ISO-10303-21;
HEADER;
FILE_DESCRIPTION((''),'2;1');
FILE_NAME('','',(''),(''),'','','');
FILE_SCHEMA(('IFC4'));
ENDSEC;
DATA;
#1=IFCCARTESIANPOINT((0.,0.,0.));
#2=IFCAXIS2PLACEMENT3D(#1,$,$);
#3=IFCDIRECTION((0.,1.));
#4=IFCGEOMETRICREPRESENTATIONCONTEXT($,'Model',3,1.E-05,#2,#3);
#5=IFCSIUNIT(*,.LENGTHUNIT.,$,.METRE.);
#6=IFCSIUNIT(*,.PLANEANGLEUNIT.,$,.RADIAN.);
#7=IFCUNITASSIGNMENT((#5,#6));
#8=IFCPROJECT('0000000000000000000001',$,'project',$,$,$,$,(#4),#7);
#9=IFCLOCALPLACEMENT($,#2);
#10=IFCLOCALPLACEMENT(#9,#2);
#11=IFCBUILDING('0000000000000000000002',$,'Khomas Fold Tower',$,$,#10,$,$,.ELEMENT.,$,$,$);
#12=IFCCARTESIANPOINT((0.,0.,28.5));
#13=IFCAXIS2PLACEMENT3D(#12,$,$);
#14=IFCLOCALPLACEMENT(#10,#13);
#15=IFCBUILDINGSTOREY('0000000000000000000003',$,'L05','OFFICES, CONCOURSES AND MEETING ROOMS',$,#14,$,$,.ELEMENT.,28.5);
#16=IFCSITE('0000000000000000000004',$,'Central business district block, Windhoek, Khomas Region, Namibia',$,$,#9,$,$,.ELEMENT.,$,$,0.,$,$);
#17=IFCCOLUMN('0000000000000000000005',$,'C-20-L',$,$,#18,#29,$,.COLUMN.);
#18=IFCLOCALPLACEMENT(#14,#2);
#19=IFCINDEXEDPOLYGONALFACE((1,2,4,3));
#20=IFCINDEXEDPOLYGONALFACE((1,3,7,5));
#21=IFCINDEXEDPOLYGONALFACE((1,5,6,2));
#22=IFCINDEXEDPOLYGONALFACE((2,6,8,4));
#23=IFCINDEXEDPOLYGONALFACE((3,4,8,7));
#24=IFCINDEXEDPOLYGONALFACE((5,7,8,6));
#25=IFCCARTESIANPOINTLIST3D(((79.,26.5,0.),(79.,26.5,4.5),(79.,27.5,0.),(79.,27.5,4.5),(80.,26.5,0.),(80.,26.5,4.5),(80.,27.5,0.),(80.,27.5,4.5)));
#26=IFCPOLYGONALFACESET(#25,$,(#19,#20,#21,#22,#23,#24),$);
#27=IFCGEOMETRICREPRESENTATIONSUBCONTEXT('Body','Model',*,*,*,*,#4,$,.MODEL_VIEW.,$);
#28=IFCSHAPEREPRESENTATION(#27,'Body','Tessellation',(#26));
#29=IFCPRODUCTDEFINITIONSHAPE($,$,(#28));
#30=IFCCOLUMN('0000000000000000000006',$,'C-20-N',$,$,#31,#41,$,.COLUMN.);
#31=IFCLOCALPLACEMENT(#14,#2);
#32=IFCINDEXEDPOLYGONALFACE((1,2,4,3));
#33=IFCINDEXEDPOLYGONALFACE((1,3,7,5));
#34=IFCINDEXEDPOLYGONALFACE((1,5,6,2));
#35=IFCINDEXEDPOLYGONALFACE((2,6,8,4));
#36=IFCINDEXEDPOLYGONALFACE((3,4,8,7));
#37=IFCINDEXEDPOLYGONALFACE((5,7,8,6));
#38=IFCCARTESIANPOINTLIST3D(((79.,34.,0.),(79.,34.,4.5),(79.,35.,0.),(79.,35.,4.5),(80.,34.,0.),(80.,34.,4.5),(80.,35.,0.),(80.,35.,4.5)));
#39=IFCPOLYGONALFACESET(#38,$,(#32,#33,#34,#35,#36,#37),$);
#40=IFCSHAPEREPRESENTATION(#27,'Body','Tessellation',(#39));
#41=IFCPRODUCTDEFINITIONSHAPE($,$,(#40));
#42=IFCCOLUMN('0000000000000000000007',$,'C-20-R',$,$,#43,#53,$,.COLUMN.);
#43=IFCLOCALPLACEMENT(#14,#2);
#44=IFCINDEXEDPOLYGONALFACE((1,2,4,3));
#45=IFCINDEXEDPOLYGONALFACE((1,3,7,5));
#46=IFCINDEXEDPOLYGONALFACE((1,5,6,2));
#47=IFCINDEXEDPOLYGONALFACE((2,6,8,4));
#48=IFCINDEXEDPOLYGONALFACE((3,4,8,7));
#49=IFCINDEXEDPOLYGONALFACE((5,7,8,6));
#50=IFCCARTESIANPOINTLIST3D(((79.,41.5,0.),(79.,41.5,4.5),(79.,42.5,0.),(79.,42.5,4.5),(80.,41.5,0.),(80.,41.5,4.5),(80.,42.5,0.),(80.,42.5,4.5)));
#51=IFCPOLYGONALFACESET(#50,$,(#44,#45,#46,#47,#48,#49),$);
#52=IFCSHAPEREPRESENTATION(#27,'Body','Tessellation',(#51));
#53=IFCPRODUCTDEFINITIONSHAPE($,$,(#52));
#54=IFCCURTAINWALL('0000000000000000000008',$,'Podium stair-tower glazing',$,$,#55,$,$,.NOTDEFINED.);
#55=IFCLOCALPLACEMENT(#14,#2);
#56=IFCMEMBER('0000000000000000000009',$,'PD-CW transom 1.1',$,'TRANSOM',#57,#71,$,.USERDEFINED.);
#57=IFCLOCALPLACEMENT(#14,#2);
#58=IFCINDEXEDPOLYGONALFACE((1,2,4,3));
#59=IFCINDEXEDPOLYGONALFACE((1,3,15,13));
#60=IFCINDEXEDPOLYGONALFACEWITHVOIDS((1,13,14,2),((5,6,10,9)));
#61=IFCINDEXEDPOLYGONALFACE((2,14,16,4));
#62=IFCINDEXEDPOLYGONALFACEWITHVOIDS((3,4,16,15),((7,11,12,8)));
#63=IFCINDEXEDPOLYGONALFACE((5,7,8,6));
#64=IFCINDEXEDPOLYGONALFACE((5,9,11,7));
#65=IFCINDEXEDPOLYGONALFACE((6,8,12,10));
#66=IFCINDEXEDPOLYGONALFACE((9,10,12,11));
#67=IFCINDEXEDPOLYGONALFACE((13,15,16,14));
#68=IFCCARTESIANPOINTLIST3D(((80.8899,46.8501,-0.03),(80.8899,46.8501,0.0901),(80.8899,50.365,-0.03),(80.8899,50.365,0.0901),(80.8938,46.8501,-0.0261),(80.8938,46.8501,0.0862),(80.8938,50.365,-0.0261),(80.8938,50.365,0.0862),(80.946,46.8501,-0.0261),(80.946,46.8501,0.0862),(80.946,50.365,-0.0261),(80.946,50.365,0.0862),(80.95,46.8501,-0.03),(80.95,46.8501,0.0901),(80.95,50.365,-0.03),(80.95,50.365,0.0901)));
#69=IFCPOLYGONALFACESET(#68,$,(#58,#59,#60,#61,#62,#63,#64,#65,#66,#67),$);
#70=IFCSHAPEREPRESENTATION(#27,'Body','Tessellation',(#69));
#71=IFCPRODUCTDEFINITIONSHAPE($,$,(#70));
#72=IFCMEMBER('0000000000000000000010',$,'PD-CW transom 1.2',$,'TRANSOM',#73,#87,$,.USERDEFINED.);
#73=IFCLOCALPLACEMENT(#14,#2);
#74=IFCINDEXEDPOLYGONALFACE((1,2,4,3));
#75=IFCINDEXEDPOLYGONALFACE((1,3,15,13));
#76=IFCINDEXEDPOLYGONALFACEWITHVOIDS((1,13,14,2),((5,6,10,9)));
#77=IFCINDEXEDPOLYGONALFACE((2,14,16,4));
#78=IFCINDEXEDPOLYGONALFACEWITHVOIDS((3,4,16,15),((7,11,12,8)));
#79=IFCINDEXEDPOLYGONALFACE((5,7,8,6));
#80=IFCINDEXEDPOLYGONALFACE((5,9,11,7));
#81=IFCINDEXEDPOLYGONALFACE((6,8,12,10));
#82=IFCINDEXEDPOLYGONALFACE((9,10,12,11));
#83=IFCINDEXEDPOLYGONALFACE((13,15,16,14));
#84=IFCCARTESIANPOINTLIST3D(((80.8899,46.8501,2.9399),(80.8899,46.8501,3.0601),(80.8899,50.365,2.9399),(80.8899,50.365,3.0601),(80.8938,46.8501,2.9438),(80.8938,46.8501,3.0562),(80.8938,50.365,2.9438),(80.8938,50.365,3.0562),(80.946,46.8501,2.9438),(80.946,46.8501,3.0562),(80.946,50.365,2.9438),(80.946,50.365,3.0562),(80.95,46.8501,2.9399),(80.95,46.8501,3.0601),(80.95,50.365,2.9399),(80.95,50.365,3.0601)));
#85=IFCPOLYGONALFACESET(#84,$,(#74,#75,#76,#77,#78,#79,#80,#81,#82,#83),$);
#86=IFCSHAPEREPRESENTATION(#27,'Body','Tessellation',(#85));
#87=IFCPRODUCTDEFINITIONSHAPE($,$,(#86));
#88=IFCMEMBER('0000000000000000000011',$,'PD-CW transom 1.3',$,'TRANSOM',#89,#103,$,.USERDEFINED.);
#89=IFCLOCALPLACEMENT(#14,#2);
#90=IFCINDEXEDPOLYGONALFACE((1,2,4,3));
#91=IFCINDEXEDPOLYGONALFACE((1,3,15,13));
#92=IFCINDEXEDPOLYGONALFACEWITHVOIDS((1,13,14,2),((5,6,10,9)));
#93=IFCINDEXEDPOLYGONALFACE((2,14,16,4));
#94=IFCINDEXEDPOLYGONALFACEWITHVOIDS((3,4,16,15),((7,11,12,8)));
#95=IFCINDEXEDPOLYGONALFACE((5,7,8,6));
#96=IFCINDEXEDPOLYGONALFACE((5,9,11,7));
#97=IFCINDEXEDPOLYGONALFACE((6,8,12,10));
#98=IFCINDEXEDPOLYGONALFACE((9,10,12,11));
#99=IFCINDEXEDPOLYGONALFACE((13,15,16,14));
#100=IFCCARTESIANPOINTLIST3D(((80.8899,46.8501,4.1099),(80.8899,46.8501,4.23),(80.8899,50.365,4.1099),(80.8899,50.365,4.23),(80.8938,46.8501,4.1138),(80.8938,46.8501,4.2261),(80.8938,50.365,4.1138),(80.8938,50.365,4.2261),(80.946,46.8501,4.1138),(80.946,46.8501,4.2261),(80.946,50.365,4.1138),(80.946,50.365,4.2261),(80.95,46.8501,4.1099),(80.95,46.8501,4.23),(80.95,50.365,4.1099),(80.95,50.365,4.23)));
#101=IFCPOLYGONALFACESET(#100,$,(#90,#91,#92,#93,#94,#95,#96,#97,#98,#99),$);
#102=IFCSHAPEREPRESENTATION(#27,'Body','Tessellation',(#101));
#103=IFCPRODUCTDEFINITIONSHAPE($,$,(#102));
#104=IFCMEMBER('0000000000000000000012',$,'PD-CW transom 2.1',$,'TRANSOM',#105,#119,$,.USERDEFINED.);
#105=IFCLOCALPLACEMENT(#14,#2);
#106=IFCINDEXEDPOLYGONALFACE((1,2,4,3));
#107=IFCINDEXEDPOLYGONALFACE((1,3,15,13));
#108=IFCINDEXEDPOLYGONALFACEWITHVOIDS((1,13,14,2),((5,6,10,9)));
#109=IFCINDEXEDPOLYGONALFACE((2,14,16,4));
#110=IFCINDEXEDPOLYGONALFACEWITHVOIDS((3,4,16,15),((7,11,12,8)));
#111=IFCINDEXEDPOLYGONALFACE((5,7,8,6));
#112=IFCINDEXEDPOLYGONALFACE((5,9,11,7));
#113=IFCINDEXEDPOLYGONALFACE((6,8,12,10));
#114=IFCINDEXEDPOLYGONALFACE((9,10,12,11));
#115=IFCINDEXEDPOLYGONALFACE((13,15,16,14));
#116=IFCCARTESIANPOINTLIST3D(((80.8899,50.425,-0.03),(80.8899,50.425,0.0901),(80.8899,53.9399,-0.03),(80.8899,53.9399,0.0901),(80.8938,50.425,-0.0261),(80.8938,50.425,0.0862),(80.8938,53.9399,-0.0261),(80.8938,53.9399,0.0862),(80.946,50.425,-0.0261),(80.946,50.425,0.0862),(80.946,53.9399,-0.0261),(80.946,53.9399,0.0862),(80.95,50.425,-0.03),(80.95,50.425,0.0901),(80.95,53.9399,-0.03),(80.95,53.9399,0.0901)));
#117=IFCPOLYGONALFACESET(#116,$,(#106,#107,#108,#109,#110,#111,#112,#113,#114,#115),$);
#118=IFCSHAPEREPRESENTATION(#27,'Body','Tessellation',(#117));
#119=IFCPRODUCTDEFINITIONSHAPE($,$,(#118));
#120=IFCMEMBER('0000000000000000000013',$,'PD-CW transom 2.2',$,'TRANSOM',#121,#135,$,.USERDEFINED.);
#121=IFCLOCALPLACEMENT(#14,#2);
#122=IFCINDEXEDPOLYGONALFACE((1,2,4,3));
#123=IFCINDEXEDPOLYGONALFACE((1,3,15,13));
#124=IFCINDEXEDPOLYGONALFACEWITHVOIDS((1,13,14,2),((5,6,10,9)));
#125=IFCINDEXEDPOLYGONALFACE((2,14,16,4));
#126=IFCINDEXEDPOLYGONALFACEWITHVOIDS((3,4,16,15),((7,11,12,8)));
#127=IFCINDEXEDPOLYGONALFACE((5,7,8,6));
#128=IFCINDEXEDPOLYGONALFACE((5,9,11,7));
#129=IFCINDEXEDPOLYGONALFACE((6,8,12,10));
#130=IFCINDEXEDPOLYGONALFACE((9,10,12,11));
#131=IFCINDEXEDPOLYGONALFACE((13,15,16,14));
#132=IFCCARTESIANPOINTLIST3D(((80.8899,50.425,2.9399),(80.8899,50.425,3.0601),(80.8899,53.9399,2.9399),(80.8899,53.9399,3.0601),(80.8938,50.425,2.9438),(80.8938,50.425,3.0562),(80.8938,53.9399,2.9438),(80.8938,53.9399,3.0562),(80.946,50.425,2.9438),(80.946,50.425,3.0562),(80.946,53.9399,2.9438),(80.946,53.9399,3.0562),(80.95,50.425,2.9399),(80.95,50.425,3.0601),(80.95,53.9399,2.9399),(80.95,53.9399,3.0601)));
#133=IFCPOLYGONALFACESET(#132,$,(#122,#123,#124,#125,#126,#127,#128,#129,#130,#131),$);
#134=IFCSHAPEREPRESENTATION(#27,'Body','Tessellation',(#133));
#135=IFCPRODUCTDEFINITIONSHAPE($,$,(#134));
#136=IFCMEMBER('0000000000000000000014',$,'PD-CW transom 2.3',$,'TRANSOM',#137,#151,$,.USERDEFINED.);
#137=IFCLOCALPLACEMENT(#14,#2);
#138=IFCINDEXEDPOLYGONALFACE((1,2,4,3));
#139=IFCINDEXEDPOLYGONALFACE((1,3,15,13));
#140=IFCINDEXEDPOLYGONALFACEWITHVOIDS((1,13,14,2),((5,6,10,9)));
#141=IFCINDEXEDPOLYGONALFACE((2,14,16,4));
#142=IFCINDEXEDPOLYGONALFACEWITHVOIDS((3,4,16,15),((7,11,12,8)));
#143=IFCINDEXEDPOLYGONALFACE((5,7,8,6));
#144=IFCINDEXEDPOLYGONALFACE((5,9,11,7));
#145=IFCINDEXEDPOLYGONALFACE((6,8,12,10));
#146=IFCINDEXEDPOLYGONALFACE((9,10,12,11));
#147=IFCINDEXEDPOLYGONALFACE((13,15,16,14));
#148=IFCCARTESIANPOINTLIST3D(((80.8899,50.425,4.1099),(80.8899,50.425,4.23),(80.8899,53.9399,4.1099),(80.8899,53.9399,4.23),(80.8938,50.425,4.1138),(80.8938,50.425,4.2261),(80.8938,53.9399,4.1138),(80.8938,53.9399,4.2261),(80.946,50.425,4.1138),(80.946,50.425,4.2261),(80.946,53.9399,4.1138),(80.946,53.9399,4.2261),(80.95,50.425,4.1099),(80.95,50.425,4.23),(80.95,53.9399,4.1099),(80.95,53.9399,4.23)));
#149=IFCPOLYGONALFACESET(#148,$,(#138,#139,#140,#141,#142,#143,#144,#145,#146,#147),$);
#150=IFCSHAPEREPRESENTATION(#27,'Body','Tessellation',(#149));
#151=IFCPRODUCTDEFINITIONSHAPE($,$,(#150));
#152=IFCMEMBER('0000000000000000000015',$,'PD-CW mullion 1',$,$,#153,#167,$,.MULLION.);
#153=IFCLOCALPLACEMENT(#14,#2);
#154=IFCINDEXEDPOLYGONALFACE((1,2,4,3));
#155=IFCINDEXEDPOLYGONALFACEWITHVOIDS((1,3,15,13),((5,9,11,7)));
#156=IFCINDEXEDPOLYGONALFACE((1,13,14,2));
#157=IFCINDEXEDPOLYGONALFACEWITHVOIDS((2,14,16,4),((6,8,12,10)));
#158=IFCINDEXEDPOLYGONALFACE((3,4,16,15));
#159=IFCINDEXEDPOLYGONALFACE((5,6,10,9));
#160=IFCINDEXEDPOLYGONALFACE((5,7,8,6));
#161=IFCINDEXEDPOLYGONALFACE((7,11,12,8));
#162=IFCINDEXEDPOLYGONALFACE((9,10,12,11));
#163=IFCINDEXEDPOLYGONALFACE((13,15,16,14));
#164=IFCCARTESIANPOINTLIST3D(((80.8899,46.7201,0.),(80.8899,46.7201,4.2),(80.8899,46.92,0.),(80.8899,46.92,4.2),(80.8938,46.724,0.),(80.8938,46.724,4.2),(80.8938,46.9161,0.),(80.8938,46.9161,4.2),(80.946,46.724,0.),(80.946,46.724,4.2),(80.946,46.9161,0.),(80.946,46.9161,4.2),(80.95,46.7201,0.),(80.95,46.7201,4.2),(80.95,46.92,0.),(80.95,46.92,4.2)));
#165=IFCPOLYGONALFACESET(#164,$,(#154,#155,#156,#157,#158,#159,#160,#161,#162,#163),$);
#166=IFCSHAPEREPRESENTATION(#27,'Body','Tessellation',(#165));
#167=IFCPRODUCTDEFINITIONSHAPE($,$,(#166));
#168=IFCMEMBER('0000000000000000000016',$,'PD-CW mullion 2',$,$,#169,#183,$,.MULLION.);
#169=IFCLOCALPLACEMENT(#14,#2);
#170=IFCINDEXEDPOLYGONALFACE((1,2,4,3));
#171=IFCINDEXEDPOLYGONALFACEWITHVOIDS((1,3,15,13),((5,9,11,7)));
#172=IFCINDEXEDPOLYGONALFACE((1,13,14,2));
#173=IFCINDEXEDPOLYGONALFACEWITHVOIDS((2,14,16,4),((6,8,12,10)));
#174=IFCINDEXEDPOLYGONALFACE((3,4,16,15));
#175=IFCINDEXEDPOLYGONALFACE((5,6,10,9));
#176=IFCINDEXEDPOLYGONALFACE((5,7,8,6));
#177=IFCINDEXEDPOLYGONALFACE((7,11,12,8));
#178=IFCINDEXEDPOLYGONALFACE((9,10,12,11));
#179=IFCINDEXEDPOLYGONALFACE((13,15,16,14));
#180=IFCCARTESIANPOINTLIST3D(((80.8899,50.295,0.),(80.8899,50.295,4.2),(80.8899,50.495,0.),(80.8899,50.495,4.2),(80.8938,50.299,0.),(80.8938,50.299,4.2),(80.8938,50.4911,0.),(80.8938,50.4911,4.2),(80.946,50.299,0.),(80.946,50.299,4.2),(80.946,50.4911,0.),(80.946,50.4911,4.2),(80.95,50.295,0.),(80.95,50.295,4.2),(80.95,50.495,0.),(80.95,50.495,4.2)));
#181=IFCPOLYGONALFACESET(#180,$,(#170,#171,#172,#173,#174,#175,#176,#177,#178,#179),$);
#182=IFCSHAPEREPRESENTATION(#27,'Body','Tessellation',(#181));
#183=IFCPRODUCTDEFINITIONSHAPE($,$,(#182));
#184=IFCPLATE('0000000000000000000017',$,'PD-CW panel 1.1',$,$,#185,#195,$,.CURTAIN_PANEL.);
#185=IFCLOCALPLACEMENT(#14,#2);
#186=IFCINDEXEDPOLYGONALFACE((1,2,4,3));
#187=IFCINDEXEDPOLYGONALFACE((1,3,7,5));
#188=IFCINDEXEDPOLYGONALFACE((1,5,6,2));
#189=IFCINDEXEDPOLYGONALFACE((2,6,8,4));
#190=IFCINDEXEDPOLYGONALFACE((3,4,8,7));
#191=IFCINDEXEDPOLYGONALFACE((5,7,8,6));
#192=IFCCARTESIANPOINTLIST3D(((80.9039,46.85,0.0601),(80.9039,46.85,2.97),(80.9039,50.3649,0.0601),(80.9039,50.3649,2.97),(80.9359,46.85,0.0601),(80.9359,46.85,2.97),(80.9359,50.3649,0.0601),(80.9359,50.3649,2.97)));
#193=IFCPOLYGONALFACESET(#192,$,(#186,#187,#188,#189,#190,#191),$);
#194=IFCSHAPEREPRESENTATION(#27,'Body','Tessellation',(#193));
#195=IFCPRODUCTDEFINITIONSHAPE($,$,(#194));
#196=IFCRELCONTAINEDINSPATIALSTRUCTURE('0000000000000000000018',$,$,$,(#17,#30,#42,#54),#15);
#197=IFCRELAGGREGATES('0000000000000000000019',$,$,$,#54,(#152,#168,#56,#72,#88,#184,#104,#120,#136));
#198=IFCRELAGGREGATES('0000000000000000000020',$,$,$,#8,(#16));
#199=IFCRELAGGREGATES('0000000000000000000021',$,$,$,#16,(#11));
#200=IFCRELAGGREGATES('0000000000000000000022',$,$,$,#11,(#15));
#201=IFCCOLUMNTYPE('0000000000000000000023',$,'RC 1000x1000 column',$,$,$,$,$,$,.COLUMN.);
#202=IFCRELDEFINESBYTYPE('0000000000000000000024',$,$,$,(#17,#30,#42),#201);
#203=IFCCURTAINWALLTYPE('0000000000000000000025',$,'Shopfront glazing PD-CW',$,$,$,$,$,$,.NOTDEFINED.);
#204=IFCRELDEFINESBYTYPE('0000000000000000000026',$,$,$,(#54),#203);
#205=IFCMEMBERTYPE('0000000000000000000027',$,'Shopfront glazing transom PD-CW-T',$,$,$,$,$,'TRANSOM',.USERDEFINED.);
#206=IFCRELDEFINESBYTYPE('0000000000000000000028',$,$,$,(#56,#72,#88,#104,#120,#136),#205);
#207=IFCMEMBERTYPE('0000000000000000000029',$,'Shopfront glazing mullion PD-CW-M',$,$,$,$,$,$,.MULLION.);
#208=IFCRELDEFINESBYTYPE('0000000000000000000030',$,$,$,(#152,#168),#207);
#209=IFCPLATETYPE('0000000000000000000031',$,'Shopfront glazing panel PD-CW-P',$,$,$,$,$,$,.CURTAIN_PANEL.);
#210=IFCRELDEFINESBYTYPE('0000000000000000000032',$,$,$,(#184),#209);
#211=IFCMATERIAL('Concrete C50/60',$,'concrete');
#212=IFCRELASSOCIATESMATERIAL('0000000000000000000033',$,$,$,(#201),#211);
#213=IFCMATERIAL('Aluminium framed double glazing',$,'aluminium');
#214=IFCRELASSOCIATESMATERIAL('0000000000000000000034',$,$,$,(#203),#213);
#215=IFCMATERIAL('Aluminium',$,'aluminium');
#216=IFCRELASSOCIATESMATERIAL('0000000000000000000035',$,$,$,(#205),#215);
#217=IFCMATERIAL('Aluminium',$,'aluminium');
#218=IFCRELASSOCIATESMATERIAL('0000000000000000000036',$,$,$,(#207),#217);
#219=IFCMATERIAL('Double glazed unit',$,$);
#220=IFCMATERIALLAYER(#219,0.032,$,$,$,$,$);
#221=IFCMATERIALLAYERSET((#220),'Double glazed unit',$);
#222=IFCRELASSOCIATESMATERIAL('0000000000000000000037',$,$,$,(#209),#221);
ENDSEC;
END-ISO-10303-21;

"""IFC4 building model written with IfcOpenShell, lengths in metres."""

from ifc_helpers import new_model, si_unit, direction, frame, origin, origin_2d, place, context, subcontext, project, spatial, rectangle, hollow_rectangle, extrude, source, transform, mapped, material, layer, layer_set, material_profile, profile_set, type_object, element, aggregate, save


model = new_model("IFC4")

# Units and contexts
model_context = context("Model", 3, precision=1e-05, world=origin(), true_north=direction((0.0, 1.0)))
body_context = subcontext(model_context, "Body", "Model", "MODEL_VIEW")
ifc_project = project(units=[si_unit("LENGTHUNIT", "METRE"), si_unit("PLANEANGLEUNIT", "RADIAN")], contexts=[model_context])

# Site, building, storey
site_placement = place(None, origin())
site = spatial("IfcSite", under=ifc_project, at=site_placement, Name="Central business district block, Windhoek, Khomas Region, Namibia", CompositionType="ELEMENT", RefElevation=0.0)
building_placement = place(site_placement, origin())
building = spatial("IfcBuilding", under=site, at=building_placement, Name="Khomas Fold Tower", CompositionType="ELEMENT")
storey_placement = place(building_placement, frame((0.0, 0.0, 28.5)))
storey = spatial("IfcBuildingStorey", under=building, at=storey_placement, Name="L05", Description="OFFICES, CONCOURSES AND MEETING ROOMS", CompositionType="ELEMENT", Elevation=28.5)

# Columns
ifc_material_1 = material(Name="Concrete C50/60", Category="concrete")
ifc_material_profile_1 = material_profile(ifc_material_1, rectangle(XDim=1.0, YDim=1.0, at=origin_2d()), Name="RC 1000x1000")
ifc_profile_set_1 = profile_set([ifc_material_profile_1], Name="Concrete C50/60")
column_type = type_object("IfcColumnType", Name="RC 1000x1000 column", PredefinedType="COLUMN", material=ifc_profile_set_1)
shared_shape_1 = source(origin(), body_context, "Body", "SweptSolid", [
    extrude(rectangle(XDim=1.0, YDim=1.0, at=origin_2d()), origin(), (0.0, 0.0, 1.0), 4.5),
])
for number, where, z_axis, x_axis, name in (
    (1, (79.5, 27.0, 0.0), (0.0, 0.0, 1.0), (1.0, 0.0, 0.0), "C-20-L"),
    (2, (79.5, 34.5, 0.0), (0.0, 0.0, 1.0), (1.0, 0.0, 0.0), "C-20-N"),
    (3, (79.5, 42.0, 0.0), (0.0, 0.0, 1.0), (1.0, 0.0, 0.0), "C-20-R"),
):
    element("IfcColumn", number, at=place(storey_placement, frame(where, z_axis=z_axis, x_axis=x_axis)), inside=storey, type_object=column_type, Name=name, PredefinedType="COLUMN", context=body_context, shape_type="MappedRepresentation", body=[
        mapped(shared_shape_1, transform((0.0, 0.0, 0.0))),
    ])

# Curtain wall, members, plate
ifc_material_2 = material(Name="Aluminium framed double glazing", Category="aluminium")
curtain_wall_type = type_object("IfcCurtainWallType", Name="Shopfront glazing PD-CW", PredefinedType="NOTDEFINED", material=ifc_material_2)
curtain_wall_placement = place(storey_placement, origin())
curtain_wall = element("IfcCurtainWall", 4, at=curtain_wall_placement, inside=storey, type_object=curtain_wall_type, Name="Podium stair-tower glazing", PredefinedType="NOTDEFINED")
ifc_material_3 = material(Name="Aluminium", Category="aluminium")
ifc_material_profile_2 = material_profile(ifc_material_3, hollow_rectangle(XDim=0.0601, YDim=0.1201, WallThickness=0.0039, at=origin_2d()), Name="Shopfront glazing transom PD-CW-T")
ifc_profile_set_2 = profile_set([ifc_material_profile_2], Name="Aluminium")
member_type_1 = type_object("IfcMemberType", Name="Shopfront glazing transom PD-CW-T", ElementType="TRANSOM", PredefinedType="USERDEFINED", material=ifc_profile_set_2)
shared_shape_2 = source(origin(), body_context, "Body", "SweptSolid", [
    extrude(hollow_rectangle(XDim=0.0601, YDim=0.1201, WallThickness=0.0039, at=origin_2d()), origin(), (0.0, 0.0, 1.0), 3.5149),
])
member_1_placement = place(storey_placement, frame((80.9199, 46.8501, 0.03), z_axis=(0.0, 1.0, 0.0), x_axis=(-1.0, 0.0, 0.0)))
member_1 = element("IfcMember", 5, at=member_1_placement, type_object=member_type_1, Name="PD-CW transom 1.1", ObjectType="TRANSOM", PredefinedType="USERDEFINED", context=body_context, shape_type="MappedRepresentation", body=[
    mapped(shared_shape_2, transform((0.0, 0.0, 0.0))),
])
member_2_placement = place(storey_placement, frame((80.9199, 46.8501, 3.0), z_axis=(0.0, 1.0, 0.0), x_axis=(-1.0, 0.0, 0.0)))
member_2 = element("IfcMember", 6, at=member_2_placement, type_object=member_type_1, Name="PD-CW transom 1.2", ObjectType="TRANSOM", PredefinedType="USERDEFINED", context=body_context, shape_type="MappedRepresentation", body=[
    mapped(shared_shape_2, transform((0.0, 0.0, 0.0))),
])
member_3_placement = place(storey_placement, frame((80.9199, 46.8501, 4.1699), z_axis=(0.0, 1.0, 0.0), x_axis=(-1.0, 0.0, 0.0)))
member_3 = element("IfcMember", 7, at=member_3_placement, type_object=member_type_1, Name="PD-CW transom 1.3", ObjectType="TRANSOM", PredefinedType="USERDEFINED", context=body_context, shape_type="MappedRepresentation", body=[
    mapped(shared_shape_2, transform((0.0, 0.0, 0.0))),
])
member_4_placement = place(storey_placement, frame((80.9199, 50.425, 0.03), z_axis=(0.0, 1.0, 0.0), x_axis=(-1.0, 0.0, 0.0)))
member_4 = element("IfcMember", 8, at=member_4_placement, type_object=member_type_1, Name="PD-CW transom 2.1", ObjectType="TRANSOM", PredefinedType="USERDEFINED", context=body_context, shape_type="MappedRepresentation", body=[
    mapped(shared_shape_2, transform((0.0, 0.0, 0.0))),
])
member_5_placement = place(storey_placement, frame((80.9199, 50.425, 3.0), z_axis=(0.0, 1.0, 0.0), x_axis=(-1.0, 0.0, 0.0)))
member_5 = element("IfcMember", 9, at=member_5_placement, type_object=member_type_1, Name="PD-CW transom 2.2", ObjectType="TRANSOM", PredefinedType="USERDEFINED", context=body_context, shape_type="MappedRepresentation", body=[
    mapped(shared_shape_2, transform((0.0, 0.0, 0.0))),
])
member_6_placement = place(storey_placement, frame((80.9199, 50.425, 4.1699), z_axis=(0.0, 1.0, 0.0), x_axis=(-1.0, 0.0, 0.0)))
member_6 = element("IfcMember", 10, at=member_6_placement, type_object=member_type_1, Name="PD-CW transom 2.3", ObjectType="TRANSOM", PredefinedType="USERDEFINED", context=body_context, shape_type="MappedRepresentation", body=[
    mapped(shared_shape_2, transform((0.0, 0.0, 0.0))),
])
ifc_material_4 = material(Name="Aluminium", Category="aluminium")
ifc_material_profile_3 = material_profile(ifc_material_4, hollow_rectangle(XDim=0.0601, YDim=0.2, WallThickness=0.0039, at=origin_2d()), Name="Shopfront glazing mullion PD-CW-M")
ifc_profile_set_3 = profile_set([ifc_material_profile_3], Name="Aluminium")
member_type_2 = type_object("IfcMemberType", Name="Shopfront glazing mullion PD-CW-M", PredefinedType="MULLION", material=ifc_profile_set_3)
shared_shape_3 = source(origin(), body_context, "Body", "SweptSolid", [
    extrude(hollow_rectangle(XDim=0.0601, YDim=0.2, WallThickness=0.0039, at=origin_2d()), origin(), (0.0, 0.0, 1.0), 4.2),
])
member_7_placement = place(storey_placement, frame((80.9199, 46.8201, 0.0), z_axis=(0.0, 0.0, 1.0), x_axis=(-1.0, 0.0, 0.0)))
member_7 = element("IfcMember", 11, at=member_7_placement, type_object=member_type_2, Name="PD-CW mullion 1", PredefinedType="MULLION", context=body_context, shape_type="MappedRepresentation", body=[
    mapped(shared_shape_3, transform((0.0, 0.0, 0.0))),
])
member_8_placement = place(storey_placement, frame((80.9199, 50.395, 0.0), z_axis=(0.0, 0.0, 1.0), x_axis=(-1.0, 0.0, 0.0)))
member_8 = element("IfcMember", 12, at=member_8_placement, type_object=member_type_2, Name="PD-CW mullion 2", PredefinedType="MULLION", context=body_context, shape_type="MappedRepresentation", body=[
    mapped(shared_shape_3, transform((0.0, 0.0, 0.0))),
])
ifc_material_5 = material(Name="Double glazed unit")
ifc_layer_1 = layer(ifc_material_5, 0.032)
ifc_layer_set_1 = layer_set([ifc_layer_1], Name="Double glazed unit")
plate_type = type_object("IfcPlateType", Name="Shopfront glazing panel PD-CW-P", PredefinedType="CURTAIN_PANEL", material=ifc_layer_set_1)
shared_shape_4 = source(origin(), body_context, "Body", "SweptSolid", [
    extrude(rectangle(XDim=3.5149, YDim=0.032, at=origin_2d()), origin(), (0.0, 0.0, 1.0), 2.9099),
])
plate_1_placement = place(storey_placement, frame((80.9199, 48.6074, 0.0601), z_axis=(0.0, 0.0, 1.0), x_axis=(0.0, 1.0, 0.0)))
plate_1 = element("IfcPlate", 13, at=plate_1_placement, type_object=plate_type, Name="PD-CW panel 1.1", PredefinedType="CURTAIN_PANEL", context=body_context, shape_type="MappedRepresentation", body=[
    mapped(shared_shape_4, transform((0.0, 0.0, 0.0))),
])
aggregate(curtain_wall, [member_7, member_8, member_1, member_2, member_3, plate_1, member_4, member_5, member_6])

save(model, "model.ifc")
